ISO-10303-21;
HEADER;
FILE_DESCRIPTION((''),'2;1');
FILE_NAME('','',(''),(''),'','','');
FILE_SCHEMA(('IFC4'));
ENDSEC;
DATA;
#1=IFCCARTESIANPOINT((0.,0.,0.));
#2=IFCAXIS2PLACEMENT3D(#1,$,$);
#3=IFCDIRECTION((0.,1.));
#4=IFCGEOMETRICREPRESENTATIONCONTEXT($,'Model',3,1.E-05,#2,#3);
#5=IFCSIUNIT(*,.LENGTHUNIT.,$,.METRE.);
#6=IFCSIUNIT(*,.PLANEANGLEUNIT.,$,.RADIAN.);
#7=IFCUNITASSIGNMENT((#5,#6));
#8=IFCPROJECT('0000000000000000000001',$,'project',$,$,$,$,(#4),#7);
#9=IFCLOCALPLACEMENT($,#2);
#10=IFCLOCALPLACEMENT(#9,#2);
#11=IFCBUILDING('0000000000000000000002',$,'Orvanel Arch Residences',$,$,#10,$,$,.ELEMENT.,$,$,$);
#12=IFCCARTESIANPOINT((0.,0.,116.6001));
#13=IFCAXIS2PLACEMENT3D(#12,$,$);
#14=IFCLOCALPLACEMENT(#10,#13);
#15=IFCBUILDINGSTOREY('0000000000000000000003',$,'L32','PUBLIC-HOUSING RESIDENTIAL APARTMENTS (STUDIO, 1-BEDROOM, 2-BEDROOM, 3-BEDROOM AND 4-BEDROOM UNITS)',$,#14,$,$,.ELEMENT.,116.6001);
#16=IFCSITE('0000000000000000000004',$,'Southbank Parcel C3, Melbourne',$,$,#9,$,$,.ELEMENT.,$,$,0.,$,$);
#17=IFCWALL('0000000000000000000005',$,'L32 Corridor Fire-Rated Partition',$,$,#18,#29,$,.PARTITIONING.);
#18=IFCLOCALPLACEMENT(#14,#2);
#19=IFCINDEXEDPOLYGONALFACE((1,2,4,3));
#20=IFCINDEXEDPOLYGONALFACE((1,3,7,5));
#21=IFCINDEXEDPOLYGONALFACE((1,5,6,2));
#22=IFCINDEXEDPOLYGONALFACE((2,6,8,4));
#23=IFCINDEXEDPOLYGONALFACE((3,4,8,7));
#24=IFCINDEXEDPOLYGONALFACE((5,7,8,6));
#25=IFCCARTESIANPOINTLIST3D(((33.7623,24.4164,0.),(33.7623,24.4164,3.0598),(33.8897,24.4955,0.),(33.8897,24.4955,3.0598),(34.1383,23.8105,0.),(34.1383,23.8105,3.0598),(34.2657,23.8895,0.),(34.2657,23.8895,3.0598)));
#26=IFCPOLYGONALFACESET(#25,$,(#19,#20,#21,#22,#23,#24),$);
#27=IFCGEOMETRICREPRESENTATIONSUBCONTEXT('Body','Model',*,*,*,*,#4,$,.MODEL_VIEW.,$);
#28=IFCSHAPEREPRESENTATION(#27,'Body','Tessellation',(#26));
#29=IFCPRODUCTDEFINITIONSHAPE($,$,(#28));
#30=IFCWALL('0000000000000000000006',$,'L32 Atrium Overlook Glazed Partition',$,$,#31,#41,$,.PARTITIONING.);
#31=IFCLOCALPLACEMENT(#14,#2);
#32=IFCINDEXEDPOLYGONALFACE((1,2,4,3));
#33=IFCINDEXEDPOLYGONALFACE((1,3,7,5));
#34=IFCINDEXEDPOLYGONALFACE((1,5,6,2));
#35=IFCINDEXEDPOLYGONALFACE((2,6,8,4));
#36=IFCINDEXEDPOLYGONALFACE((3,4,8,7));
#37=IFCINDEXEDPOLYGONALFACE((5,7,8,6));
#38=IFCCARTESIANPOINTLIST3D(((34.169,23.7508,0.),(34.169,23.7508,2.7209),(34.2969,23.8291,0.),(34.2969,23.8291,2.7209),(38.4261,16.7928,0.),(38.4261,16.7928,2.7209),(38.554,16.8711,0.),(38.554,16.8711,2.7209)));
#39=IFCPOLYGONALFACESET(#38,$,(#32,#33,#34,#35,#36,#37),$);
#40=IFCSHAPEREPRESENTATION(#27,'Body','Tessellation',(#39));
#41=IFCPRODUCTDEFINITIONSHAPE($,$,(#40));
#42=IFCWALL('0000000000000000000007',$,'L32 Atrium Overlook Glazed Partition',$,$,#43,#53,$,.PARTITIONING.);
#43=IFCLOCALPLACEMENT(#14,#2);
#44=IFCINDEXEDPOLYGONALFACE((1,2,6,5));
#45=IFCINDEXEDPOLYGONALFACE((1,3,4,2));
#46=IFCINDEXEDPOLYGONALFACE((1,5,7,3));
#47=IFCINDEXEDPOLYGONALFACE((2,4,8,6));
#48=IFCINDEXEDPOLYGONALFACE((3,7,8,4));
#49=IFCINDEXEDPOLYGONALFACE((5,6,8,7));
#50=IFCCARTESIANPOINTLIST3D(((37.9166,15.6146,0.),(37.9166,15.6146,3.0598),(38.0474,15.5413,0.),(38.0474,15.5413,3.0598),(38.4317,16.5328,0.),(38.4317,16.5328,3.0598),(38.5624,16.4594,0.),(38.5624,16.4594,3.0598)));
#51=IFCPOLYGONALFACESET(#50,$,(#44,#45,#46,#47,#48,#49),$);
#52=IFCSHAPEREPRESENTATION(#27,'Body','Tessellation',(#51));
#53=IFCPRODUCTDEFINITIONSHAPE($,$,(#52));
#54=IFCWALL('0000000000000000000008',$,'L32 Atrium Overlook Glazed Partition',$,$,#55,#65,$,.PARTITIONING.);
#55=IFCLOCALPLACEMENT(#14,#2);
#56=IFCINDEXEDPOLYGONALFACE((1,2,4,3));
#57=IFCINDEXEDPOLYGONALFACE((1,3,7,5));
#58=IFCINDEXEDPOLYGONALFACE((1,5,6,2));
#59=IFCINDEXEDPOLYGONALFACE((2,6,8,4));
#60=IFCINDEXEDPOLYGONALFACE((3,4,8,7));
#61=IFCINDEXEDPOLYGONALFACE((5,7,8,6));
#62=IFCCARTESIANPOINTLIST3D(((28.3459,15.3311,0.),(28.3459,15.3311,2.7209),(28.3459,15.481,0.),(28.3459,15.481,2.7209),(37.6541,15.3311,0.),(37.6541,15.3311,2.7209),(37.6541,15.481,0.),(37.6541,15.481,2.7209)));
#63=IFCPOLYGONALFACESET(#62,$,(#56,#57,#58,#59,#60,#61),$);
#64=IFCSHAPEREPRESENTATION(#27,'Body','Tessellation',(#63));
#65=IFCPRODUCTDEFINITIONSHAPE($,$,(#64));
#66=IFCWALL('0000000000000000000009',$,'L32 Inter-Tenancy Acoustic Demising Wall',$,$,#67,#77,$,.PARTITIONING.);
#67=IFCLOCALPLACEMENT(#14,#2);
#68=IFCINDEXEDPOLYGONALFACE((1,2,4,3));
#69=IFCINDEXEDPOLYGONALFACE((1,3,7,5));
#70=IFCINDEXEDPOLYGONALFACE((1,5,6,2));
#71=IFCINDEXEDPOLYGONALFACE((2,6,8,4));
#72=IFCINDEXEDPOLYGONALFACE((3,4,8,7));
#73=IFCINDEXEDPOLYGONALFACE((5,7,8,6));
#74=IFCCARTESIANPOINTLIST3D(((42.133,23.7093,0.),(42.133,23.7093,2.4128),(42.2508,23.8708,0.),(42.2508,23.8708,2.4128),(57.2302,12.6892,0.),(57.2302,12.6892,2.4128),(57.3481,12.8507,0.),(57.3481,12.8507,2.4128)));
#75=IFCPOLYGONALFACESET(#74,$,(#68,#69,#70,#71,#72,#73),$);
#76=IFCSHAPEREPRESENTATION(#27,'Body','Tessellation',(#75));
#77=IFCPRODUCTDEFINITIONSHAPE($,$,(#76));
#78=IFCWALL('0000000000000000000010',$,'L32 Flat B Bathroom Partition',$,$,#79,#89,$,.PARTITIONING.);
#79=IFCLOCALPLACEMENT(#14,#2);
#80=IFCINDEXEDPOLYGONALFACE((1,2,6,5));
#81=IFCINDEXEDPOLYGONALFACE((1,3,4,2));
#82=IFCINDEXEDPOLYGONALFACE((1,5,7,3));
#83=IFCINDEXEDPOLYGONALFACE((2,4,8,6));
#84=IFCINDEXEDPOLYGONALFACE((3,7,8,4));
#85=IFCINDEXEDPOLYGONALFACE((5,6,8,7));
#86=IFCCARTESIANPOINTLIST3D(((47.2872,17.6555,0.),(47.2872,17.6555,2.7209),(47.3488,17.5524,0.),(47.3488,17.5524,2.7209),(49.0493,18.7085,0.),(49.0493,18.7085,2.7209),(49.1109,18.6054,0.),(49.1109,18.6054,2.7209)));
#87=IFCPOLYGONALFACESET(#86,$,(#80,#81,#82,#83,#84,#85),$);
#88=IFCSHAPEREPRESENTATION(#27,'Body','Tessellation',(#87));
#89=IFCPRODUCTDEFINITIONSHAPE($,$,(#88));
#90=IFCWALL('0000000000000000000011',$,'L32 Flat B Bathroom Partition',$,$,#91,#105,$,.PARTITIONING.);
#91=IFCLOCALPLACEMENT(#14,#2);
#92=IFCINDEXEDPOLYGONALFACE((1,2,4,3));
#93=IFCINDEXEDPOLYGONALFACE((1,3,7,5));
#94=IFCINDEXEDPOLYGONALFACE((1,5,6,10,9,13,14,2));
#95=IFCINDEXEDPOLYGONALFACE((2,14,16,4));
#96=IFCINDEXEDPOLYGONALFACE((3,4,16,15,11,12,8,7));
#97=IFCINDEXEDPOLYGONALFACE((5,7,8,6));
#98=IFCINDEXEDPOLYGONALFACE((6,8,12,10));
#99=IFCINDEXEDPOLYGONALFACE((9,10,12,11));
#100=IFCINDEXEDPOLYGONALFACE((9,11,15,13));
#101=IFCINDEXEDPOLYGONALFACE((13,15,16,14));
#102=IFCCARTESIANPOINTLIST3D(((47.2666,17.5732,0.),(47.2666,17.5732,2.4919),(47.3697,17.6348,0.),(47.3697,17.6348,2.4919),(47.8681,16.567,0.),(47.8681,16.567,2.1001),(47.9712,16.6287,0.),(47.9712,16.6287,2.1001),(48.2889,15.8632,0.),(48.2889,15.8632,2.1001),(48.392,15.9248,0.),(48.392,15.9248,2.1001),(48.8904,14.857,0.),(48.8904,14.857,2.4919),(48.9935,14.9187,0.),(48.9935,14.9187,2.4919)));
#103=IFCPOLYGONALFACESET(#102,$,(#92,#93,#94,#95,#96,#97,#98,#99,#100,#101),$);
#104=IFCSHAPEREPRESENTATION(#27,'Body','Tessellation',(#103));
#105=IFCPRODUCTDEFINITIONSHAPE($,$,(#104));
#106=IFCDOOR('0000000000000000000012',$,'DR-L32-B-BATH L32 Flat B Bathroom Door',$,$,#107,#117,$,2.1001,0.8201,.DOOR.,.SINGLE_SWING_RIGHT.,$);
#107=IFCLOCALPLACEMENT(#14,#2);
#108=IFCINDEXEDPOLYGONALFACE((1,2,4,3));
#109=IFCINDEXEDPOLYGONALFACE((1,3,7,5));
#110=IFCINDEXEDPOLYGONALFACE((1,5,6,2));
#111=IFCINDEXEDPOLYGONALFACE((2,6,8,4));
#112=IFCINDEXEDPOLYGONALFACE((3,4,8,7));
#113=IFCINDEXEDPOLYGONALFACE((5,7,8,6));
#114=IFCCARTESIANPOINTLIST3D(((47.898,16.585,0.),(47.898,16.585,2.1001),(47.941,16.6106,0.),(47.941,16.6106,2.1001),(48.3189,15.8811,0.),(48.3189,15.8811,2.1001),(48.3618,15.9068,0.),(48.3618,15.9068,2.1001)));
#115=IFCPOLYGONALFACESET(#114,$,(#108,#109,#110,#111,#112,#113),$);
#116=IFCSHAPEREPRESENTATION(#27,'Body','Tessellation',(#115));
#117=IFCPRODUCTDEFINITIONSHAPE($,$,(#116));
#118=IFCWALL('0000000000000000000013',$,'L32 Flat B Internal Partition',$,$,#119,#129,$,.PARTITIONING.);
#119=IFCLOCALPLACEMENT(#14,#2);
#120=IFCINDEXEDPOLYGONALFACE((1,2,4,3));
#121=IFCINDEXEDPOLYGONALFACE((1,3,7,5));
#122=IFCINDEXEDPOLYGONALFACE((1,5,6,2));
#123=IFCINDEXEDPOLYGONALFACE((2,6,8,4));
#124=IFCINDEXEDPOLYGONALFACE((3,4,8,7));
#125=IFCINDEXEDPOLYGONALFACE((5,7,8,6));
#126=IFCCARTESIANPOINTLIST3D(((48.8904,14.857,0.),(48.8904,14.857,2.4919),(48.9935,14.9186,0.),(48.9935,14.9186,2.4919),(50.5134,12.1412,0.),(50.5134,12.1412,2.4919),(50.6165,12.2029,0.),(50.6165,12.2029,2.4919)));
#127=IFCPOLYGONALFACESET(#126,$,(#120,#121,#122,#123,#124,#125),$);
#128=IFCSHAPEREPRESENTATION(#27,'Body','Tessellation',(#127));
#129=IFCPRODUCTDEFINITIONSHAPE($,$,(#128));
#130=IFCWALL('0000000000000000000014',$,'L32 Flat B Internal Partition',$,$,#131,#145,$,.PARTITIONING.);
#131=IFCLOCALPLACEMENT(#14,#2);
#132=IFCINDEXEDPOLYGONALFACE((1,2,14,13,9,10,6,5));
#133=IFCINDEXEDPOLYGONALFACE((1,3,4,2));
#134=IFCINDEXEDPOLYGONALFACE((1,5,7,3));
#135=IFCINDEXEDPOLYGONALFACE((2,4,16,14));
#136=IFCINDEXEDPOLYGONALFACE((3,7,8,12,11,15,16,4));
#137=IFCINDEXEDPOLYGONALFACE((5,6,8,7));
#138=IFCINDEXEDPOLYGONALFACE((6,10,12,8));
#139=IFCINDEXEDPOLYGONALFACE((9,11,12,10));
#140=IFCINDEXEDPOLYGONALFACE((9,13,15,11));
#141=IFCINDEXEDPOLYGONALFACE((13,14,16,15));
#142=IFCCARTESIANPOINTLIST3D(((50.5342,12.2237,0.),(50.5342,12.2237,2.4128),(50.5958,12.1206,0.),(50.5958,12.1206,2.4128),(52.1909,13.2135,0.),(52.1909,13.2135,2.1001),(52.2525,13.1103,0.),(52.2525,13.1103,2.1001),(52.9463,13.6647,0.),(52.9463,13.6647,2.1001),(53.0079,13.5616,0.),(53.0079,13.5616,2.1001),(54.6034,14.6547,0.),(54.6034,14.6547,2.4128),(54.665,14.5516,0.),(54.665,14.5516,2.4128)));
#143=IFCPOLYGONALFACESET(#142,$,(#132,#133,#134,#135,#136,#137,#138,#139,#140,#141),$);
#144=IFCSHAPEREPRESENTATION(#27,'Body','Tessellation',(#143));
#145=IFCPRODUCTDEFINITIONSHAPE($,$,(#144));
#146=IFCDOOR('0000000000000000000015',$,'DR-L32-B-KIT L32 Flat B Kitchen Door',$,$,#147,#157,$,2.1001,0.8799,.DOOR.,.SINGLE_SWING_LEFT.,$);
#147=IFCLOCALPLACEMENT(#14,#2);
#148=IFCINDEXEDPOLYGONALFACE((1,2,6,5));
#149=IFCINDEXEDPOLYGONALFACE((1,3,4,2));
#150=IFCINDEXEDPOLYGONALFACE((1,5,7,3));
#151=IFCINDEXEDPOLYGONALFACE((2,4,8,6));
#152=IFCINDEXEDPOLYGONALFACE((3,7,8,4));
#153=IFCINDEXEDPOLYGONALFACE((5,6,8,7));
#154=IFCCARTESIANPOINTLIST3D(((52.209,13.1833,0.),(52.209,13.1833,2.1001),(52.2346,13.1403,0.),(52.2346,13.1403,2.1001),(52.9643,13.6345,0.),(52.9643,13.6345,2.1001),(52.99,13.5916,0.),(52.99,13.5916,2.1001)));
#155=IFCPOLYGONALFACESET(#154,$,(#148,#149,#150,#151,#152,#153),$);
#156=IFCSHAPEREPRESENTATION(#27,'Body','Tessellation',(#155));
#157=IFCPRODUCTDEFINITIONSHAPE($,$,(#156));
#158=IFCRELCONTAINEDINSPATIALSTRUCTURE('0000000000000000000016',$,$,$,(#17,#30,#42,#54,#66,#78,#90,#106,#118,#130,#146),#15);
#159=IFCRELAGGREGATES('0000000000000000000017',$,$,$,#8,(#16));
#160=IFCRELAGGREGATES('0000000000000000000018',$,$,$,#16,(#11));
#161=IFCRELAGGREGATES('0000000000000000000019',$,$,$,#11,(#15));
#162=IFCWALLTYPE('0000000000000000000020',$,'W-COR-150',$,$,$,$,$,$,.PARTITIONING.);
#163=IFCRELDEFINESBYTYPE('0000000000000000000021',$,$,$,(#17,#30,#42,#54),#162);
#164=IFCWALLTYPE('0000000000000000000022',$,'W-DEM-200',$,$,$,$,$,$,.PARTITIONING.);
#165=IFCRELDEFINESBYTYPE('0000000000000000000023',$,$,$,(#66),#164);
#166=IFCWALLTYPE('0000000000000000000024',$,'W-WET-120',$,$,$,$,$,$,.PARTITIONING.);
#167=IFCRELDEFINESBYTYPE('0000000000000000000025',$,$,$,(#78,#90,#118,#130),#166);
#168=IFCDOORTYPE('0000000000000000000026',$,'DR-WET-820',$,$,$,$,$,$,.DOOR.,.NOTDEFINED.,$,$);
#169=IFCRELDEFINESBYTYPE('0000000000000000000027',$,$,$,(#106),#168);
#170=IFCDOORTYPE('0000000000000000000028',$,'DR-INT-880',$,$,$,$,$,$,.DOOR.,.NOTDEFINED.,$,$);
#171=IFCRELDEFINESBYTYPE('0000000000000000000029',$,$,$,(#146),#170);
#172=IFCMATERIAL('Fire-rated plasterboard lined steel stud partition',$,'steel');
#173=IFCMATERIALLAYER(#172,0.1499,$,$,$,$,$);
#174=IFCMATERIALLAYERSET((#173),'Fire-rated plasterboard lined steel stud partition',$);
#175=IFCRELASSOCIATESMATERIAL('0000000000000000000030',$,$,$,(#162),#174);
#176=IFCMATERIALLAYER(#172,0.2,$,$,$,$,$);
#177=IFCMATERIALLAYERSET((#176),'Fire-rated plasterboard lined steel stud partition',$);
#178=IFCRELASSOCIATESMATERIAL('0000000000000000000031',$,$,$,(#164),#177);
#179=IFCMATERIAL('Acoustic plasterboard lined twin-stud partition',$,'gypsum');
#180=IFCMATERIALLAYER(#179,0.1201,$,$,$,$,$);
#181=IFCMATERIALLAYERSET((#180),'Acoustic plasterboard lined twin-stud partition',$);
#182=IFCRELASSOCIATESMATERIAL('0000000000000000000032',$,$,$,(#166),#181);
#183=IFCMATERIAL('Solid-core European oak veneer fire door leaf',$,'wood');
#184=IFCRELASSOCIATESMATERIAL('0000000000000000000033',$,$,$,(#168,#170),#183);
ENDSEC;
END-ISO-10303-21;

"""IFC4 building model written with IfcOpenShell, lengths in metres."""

from ifc_helpers import new_model, si_unit, direction, frame, frame_2d, origin, place, context, subcontext, project, spatial, rectangle, extrude, material, layer, layer_set, type_object, element, fill, save


model = new_model("IFC4")

# Units and contexts
model_context = context("Model", 3, precision=1e-05, world=origin(), true_north=direction((0.0, 1.0)))
body_context = subcontext(model_context, "Body", "Model", "MODEL_VIEW")
ifc_project = project(units=[si_unit("LENGTHUNIT", "METRE"), si_unit("PLANEANGLEUNIT", "RADIAN")], contexts=[model_context])

# Site, building, storey
site_placement = place(None, origin())
site = spatial("IfcSite", under=ifc_project, at=site_placement, Name="Southbank Parcel C3, Melbourne", CompositionType="ELEMENT", RefElevation=0.0)
building_placement = place(site_placement, origin())
building = spatial("IfcBuilding", under=site, at=building_placement, Name="Orvanel Arch Residences", CompositionType="ELEMENT")
storey_placement = place(building_placement, frame((0.0, 0.0, 116.6001)))
storey = spatial("IfcBuildingStorey", under=building, at=storey_placement, Name="L32", Description="PUBLIC-HOUSING RESIDENTIAL APARTMENTS (STUDIO, 1-BEDROOM, 2-BEDROOM, 3-BEDROOM AND 4-BEDROOM UNITS)", CompositionType="ELEMENT", Elevation=116.6001)

# Shared definitions
ifc_material_1 = material(Name="Fire-rated plasterboard lined steel stud partition", Category="steel")
ifc_layer_1 = layer(ifc_material_1, 0.1499)
ifc_layer_set_1 = layer_set([ifc_layer_1], Name="Fire-rated plasterboard lined steel stud partition")
wall_type_1 = type_object("IfcWallType", Name="W-COR-150", PredefinedType="PARTITIONING", material=ifc_layer_set_1)
ifc_material_2 = material(Name="Solid-core European oak veneer fire door leaf", Category="wood")

# Walls
wall_1_placement = place(storey_placement, frame((34.2019, 23.8501, 0.0), z_axis=(0.0, 0.0, 1.0), x_axis=(-0.527227, 0.849725, 0.0)))
element("IfcWall", 1, at=wall_1_placement, inside=storey, type_object=wall_type_1, Name="L32 Corridor Fire-Rated Partition", PredefinedType="PARTITIONING", context=body_context, shape_type="SweptSolid", body=[
    extrude(rectangle(XDim=0.7131, YDim=0.1499, at=frame_2d((0.3564, 0.0))), origin(), (0.0, 0.0, 1.0), 3.0598),
])
wall_2_placement = place(storey_placement, frame((34.2329, 23.79, 0.0), z_axis=(0.0, 0.0, 1.0), x_axis=(0.521893, -0.853011, 0.0)))
element("IfcWall", 2, at=wall_2_placement, inside=storey, type_object=wall_type_1, Name="L32 Atrium Overlook Glazed Partition", PredefinedType="PARTITIONING", context=body_context, shape_type="SweptSolid", body=[
    extrude(rectangle(XDim=8.157, YDim=0.1499, at=frame_2d((4.0786, 0.0))), origin(), (0.0, 0.0, 1.0), 2.7209),
])
wall_3_placement = place(storey_placement, frame((38.4971, 16.4961, 0.0), z_axis=(0.0, 0.0, 1.0), x_axis=(-0.489281, -0.872126, 0.0)))
element("IfcWall", 3, at=wall_3_placement, inside=storey, type_object=wall_type_1, Name="L32 Atrium Overlook Glazed Partition", PredefinedType="PARTITIONING", context=body_context, shape_type="SweptSolid", body=[
    extrude(rectangle(XDim=1.0527, YDim=0.1499, at=frame_2d((0.5264, 0.0))), origin(), (0.0, 0.0, 1.0), 3.0598),
])
wall_4_placement = place(storey_placement, frame((37.6541, 15.406, 0.0), z_axis=(0.0, 0.0, 1.0), x_axis=(-1.0, 0.0, 0.0)))
element("IfcWall", 4, at=wall_4_placement, inside=storey, type_object=wall_type_1, Name="L32 Atrium Overlook Glazed Partition", PredefinedType="PARTITIONING", context=body_context, shape_type="SweptSolid", body=[
    extrude(rectangle(XDim=9.3081, YDim=0.1499, at=frame_2d((4.6541, 0.0))), origin(), (0.0, 0.0, 1.0), 2.7209),
])
ifc_layer_2 = layer(ifc_material_1, 0.2)
ifc_layer_set_2 = layer_set([ifc_layer_2], Name="Fire-rated plasterboard lined steel stud partition")
wall_type_2 = type_object("IfcWallType", Name="W-DEM-200", PredefinedType="PARTITIONING", material=ifc_layer_set_2)
wall_5_placement = place(storey_placement, frame((42.1919, 23.79, 0.0), z_axis=(0.0, 0.0, 1.0), x_axis=(0.80771, -0.58958, 0.0)))
element("IfcWall", 5, at=wall_5_placement, inside=storey, type_object=wall_type_2, Name="L32 Inter-Tenancy Acoustic Demising Wall", PredefinedType="PARTITIONING", context=body_context, shape_type="SweptSolid", body=[
    extrude(rectangle(XDim=18.6914, YDim=0.2, at=frame_2d((9.3457, 0.0))), origin(), (0.0, 0.0, 1.0), 2.4128),
])
ifc_material_3 = material(Name="Acoustic plasterboard lined twin-stud partition", Category="gypsum")
ifc_layer_3 = layer(ifc_material_3, 0.1201)
ifc_layer_set_3 = layer_set([ifc_layer_3], Name="Acoustic plasterboard lined twin-stud partition")
wall_type_3 = type_object("IfcWallType", Name="W-WET-120", PredefinedType="PARTITIONING", material=ifc_layer_set_3)
wall_6_placement = place(storey_placement, frame((49.0801, 18.657, 0.0), z_axis=(0.0, 0.0, 1.0), x_axis=(-0.858394, -0.512991, 0.0)))
element("IfcWall", 6, at=wall_6_placement, inside=storey, type_object=wall_type_3, Name="L32 Flat B Bathroom Partition", PredefinedType="PARTITIONING", context=body_context, shape_type="SweptSolid", body=[
    extrude(rectangle(XDim=2.0527, YDim=0.1201, at=frame_2d((1.0264, 0.0))), origin(), (0.0, 0.0, 1.0), 2.7209),
])

# Wall, opening, door
wall_7_placement = place(storey_placement, frame((47.3181, 17.604, 0.0), z_axis=(0.0, 0.0, 1.0), x_axis=(0.513134, -0.858309, 0.0)))
wall_7 = element("IfcWall", 7, at=wall_7_placement, inside=storey, type_object=wall_type_3, Name="L32 Flat B Bathroom Partition", PredefinedType="PARTITIONING", context=body_context, shape_type="SweptSolid", body=[
    extrude(rectangle(XDim=3.1646, YDim=0.1201, at=frame_2d((1.5823, 0.0))), origin(), (0.0, 0.0, 1.0), 2.4919),
])
opening_1_placement = place(wall_7_placement, frame((1.1721, 0.0, 0.0)))
opening_1 = element("IfcOpeningElement", 8, at=opening_1_placement, cuts=wall_7, PredefinedType="OPENING", context=body_context, shape_type="SweptSolid", body=[
    extrude(rectangle(XDim=0.8201, YDim=2.1001, at=frame_2d((0.4102, 1.05))), frame((0.0, 0.0701, 0.0), z_axis=(0.0, -1.0, 0.0), x_axis=(1.0, 0.0, 0.0)), (0.0, 0.0, 1.0), 0.1401),
])
door_type_1 = type_object("IfcDoorType", Name="DR-WET-820", OperationType="NOTDEFINED", PredefinedType="DOOR", material=ifc_material_2)
door_1_placement = place(opening_1_placement, origin())
door_1 = element("IfcDoor", 9, at=door_1_placement, inside=storey, type_object=door_type_1, Name="DR-L32-B-BATH L32 Flat B Bathroom Door", OperationType="SINGLE_SWING_RIGHT", OverallHeight=2.1001, OverallWidth=0.8201, PredefinedType="DOOR", context=body_context, shape_type="SweptSolid", body=[
    extrude(rectangle(XDim=0.8201, YDim=2.1001, at=frame_2d((0.4102, 1.05))), frame((0.0, 0.0249, 0.0), z_axis=(0.0, -1.0, 0.0), x_axis=(1.0, 0.0, 0.0)), (0.0, 0.0, 1.0), 0.05),
])
fill(opening_1, door_1)

# Wall
wall_8_placement = place(storey_placement, frame((48.9419, 14.8879, 0.0), z_axis=(0.0, 0.0, 1.0), x_axis=(0.512997, -0.85839, 0.0)))
element("IfcWall", 10, at=wall_8_placement, inside=storey, type_object=wall_type_3, Name="L32 Flat B Internal Partition", PredefinedType="PARTITIONING", context=body_context, shape_type="SweptSolid", body=[
    extrude(rectangle(XDim=3.1638, YDim=0.1201, at=frame_2d((1.582, 0.0))), origin(), (0.0, 0.0, 1.0), 2.4919),
])

# Wall, opening, door
wall_9_placement = place(storey_placement, frame((50.5649, 12.1721, 0.0), z_axis=(0.0, 0.0, 1.0), x_axis=(0.858473, 0.512859, 0.0)))
wall_9 = element("IfcWall", 11, at=wall_9_placement, inside=storey, type_object=wall_type_3, Name="L32 Flat B Internal Partition", PredefinedType="PARTITIONING", context=body_context, shape_type="SweptSolid", body=[
    extrude(rectangle(XDim=4.74, YDim=0.1201, at=frame_2d((2.3701, 0.0))), origin(), (0.0, 0.0, 1.0), 2.4128),
])
opening_2_placement = place(wall_9_placement, frame((1.9299, 0.0, 0.0)))
opening_2 = element("IfcOpeningElement", 12, at=opening_2_placement, cuts=wall_9, PredefinedType="OPENING", context=body_context, shape_type="SweptSolid", body=[
    extrude(rectangle(XDim=0.8799, YDim=2.1001, at=frame_2d((0.4399, 1.05))), frame((0.0, 0.0701, 0.0), z_axis=(0.0, -1.0, 0.0), x_axis=(1.0, 0.0, 0.0)), (0.0, 0.0, 1.0), 0.1401),
])
door_type_2 = type_object("IfcDoorType", Name="DR-INT-880", OperationType="NOTDEFINED", PredefinedType="DOOR", material=ifc_material_2)
door_2_placement = place(opening_2_placement, origin())
door_2 = element("IfcDoor", 13, at=door_2_placement, inside=storey, type_object=door_type_2, Name="DR-L32-B-KIT L32 Flat B Kitchen Door", OperationType="SINGLE_SWING_LEFT", OverallHeight=2.1001, OverallWidth=0.8799, PredefinedType="DOOR", context=body_context, shape_type="SweptSolid", body=[
    extrude(rectangle(XDim=0.8799, YDim=2.1001, at=frame_2d((0.4399, 1.05))), frame((0.0, 0.0249, 0.0), z_axis=(0.0, -1.0, 0.0), x_axis=(1.0, 0.0, 0.0)), (0.0, 0.0, 1.0), 0.05),
])
fill(opening_2, door_2)

save(model, "model.ifc")
